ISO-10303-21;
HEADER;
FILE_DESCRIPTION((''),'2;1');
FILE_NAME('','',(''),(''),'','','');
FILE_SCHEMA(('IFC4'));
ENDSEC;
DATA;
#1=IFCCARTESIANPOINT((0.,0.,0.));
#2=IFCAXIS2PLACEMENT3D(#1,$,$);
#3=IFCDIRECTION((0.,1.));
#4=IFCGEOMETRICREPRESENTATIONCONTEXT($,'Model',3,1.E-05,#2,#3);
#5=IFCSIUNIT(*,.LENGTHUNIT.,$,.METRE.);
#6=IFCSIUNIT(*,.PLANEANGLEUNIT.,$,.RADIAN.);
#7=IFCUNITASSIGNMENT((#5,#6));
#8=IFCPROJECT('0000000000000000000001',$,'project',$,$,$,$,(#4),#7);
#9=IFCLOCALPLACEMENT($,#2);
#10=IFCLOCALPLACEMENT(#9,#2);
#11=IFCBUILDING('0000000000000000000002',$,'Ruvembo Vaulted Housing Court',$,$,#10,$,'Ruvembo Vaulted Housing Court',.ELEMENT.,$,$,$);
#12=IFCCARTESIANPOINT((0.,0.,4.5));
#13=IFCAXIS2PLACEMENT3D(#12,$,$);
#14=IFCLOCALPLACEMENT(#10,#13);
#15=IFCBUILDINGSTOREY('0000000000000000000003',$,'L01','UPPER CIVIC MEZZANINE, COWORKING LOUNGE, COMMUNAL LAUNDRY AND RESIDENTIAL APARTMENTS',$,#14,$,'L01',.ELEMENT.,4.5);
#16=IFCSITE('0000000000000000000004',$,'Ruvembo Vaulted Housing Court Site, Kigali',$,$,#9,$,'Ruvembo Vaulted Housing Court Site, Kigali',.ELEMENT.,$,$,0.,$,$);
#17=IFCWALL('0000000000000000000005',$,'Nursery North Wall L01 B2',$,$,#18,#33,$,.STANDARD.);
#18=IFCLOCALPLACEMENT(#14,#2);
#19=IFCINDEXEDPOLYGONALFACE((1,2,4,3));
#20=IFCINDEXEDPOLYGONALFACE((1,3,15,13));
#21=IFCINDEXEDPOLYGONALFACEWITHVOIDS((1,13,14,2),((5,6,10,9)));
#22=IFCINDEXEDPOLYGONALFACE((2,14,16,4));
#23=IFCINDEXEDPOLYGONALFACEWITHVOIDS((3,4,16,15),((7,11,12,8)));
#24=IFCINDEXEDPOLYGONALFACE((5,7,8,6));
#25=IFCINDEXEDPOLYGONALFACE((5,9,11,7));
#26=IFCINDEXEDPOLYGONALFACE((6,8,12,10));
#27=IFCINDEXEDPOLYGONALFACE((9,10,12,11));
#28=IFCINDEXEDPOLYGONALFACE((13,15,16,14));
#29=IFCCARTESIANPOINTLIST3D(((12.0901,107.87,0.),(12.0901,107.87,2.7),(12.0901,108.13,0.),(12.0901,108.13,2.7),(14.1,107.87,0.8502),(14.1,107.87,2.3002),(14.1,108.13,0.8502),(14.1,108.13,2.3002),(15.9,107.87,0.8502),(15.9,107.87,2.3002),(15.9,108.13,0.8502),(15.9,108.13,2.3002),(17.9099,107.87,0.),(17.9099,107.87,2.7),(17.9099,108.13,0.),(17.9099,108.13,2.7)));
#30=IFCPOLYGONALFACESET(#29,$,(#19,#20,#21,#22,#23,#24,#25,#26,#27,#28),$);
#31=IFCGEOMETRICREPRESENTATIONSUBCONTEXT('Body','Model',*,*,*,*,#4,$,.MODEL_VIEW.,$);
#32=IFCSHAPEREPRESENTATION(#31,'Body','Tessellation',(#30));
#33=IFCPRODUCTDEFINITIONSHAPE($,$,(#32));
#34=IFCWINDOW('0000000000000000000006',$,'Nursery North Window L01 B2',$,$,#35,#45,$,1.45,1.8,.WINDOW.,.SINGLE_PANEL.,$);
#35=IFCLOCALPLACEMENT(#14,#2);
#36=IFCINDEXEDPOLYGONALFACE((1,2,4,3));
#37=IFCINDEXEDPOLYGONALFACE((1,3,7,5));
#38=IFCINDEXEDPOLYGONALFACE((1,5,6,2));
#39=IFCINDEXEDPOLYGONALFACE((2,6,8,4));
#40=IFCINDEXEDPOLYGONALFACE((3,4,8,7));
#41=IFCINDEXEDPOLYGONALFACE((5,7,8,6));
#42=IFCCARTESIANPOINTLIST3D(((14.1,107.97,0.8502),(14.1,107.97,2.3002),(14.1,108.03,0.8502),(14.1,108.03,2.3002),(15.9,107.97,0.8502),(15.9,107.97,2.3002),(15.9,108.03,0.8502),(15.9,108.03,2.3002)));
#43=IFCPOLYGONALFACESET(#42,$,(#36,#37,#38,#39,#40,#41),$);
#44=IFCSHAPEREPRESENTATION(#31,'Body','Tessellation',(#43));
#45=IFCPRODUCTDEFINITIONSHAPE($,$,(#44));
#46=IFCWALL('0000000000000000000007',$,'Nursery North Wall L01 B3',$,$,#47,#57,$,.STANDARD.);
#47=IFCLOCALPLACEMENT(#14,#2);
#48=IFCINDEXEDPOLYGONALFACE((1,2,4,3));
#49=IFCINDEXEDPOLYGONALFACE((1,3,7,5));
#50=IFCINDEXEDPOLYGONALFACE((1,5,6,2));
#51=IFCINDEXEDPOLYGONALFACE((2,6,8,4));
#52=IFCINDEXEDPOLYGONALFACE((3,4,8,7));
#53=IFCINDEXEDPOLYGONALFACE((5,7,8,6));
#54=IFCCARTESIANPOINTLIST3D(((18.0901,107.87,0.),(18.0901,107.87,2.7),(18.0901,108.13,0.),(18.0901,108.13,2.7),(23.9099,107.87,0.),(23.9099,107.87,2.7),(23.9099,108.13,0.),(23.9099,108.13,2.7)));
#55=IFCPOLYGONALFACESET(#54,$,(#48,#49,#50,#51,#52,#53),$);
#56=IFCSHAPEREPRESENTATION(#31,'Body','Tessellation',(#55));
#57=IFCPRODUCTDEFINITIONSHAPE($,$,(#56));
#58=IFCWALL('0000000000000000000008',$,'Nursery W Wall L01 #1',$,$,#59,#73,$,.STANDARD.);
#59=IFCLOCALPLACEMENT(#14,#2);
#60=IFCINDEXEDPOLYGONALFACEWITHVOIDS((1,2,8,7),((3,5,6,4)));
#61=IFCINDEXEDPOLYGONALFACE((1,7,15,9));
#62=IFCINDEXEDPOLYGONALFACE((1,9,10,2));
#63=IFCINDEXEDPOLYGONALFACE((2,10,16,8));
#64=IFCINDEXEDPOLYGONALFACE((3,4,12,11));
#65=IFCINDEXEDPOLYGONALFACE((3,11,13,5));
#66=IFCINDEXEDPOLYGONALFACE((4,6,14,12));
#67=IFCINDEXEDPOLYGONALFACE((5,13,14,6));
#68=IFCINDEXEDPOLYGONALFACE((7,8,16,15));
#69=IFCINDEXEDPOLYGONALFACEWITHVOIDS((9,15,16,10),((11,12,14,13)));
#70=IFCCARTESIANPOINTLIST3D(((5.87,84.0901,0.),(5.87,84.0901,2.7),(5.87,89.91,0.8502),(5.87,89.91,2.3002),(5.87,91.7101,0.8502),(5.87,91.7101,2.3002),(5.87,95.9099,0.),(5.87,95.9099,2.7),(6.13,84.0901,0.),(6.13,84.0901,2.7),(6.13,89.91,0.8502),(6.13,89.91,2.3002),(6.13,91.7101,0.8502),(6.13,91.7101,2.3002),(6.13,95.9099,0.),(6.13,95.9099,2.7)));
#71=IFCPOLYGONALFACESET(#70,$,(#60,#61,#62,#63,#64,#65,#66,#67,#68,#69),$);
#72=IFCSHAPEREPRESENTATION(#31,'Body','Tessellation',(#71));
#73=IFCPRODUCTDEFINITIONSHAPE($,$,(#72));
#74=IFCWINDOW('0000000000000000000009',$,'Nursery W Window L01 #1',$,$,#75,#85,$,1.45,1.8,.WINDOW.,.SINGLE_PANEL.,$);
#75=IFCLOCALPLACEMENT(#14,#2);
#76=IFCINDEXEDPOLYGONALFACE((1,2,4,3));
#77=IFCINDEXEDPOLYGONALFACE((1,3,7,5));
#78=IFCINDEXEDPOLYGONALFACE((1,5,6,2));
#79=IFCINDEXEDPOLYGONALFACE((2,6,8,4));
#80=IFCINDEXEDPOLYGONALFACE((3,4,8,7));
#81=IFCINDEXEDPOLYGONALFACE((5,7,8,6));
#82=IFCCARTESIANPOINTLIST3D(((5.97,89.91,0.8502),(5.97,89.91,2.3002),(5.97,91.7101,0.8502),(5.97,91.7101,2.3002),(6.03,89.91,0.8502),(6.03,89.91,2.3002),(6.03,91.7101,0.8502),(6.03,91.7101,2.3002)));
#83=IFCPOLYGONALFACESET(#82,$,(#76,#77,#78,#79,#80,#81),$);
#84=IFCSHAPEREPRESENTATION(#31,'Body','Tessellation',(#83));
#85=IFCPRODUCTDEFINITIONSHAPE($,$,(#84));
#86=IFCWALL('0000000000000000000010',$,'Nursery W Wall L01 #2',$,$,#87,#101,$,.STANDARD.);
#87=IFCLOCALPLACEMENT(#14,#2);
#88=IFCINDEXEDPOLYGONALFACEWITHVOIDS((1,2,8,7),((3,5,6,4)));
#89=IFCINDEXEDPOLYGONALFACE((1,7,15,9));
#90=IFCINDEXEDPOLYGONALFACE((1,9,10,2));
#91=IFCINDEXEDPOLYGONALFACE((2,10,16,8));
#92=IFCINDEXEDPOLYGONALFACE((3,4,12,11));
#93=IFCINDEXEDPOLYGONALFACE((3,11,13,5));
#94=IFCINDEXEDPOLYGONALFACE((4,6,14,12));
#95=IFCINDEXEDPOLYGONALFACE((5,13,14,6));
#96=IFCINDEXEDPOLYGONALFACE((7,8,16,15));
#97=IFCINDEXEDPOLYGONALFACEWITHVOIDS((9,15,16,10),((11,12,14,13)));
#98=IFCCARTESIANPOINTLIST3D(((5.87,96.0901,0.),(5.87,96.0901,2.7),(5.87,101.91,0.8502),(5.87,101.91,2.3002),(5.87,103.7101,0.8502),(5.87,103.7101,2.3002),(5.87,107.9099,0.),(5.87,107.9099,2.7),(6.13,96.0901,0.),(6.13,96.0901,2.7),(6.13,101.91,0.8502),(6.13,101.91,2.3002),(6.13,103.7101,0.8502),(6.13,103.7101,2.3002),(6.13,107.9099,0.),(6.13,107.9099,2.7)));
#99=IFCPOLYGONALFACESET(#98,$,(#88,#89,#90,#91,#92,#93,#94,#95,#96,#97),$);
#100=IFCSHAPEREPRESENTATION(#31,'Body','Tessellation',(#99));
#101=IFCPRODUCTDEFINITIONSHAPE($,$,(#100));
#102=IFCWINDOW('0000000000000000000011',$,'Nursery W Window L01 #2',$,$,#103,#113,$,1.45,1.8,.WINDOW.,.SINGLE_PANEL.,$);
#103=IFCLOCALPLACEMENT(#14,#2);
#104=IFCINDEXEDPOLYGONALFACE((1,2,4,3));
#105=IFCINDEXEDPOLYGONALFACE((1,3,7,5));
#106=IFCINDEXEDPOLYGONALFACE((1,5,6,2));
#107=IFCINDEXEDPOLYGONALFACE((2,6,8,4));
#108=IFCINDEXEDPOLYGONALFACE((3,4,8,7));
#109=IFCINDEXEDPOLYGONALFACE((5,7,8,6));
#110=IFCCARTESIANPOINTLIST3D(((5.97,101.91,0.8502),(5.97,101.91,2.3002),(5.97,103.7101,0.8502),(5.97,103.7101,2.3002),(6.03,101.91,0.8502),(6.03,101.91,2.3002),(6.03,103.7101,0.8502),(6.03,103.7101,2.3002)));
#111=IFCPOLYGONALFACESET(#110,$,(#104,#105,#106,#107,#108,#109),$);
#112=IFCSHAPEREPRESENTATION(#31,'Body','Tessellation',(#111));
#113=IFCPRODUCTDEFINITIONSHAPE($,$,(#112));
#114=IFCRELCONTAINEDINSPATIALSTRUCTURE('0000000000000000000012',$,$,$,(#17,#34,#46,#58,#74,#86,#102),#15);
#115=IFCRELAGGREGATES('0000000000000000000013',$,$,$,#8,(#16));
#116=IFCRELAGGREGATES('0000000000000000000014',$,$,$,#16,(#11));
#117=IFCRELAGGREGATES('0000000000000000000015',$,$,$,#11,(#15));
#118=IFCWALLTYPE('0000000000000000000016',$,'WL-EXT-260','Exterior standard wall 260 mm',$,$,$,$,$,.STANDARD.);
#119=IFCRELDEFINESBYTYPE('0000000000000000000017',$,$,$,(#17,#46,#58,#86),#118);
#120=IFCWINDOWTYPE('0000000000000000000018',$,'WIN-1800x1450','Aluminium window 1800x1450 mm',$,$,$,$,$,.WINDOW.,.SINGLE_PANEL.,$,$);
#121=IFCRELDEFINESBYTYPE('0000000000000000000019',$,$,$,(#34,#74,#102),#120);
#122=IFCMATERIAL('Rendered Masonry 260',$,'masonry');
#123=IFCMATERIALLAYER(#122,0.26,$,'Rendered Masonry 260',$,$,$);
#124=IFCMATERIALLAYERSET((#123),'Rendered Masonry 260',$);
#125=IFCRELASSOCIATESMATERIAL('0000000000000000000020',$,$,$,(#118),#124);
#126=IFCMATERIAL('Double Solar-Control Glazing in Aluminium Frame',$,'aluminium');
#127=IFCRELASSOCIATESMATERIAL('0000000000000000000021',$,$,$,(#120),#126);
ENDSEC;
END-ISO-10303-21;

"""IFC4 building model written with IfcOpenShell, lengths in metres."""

from ifc_helpers import new_model, si_unit, direction, frame, frame_2d, origin, place, context, subcontext, project, spatial, rectangle, extrude, material, layer, layer_set, type_object, element, fill, save


model = new_model("IFC4")

# Units and contexts
model_context = context("Model", 3, precision=1e-05, world=origin(), true_north=direction((0.0, 1.0)))
body_context = subcontext(model_context, "Body", "Model", "MODEL_VIEW")
ifc_project = project(units=[si_unit("LENGTHUNIT", "METRE"), si_unit("PLANEANGLEUNIT", "RADIAN")], contexts=[model_context])

# Site, building, storey
site_placement = place(None, origin())
site = spatial("IfcSite", under=ifc_project, at=site_placement, Name="Ruvembo Vaulted Housing Court Site, Kigali", LongName="Ruvembo Vaulted Housing Court Site, Kigali", CompositionType="ELEMENT", RefElevation=0.0)
building_placement = place(site_placement, origin())
building = spatial("IfcBuilding", under=site, at=building_placement, Name="Ruvembo Vaulted Housing Court", LongName="Ruvembo Vaulted Housing Court", CompositionType="ELEMENT")
storey_placement = place(building_placement, frame((0.0, 0.0, 4.5)))
storey = spatial("IfcBuildingStorey", under=building, at=storey_placement, Name="L01", Description="UPPER CIVIC MEZZANINE, COWORKING LOUNGE, COMMUNAL LAUNDRY AND RESIDENTIAL APARTMENTS", LongName="L01", CompositionType="ELEMENT", Elevation=4.5)

# Wall, opening, window
ifc_material_1 = material(Name="Rendered Masonry 260", Category="masonry")
ifc_layer_1 = layer(ifc_material_1, 0.26, Name="Rendered Masonry 260")
ifc_layer_set_1 = layer_set([ifc_layer_1], Name="Rendered Masonry 260")
wall_type_1 = type_object("IfcWallType", Name="WL-EXT-260", Description="Exterior standard wall 260 mm", PredefinedType="STANDARD", material=ifc_layer_set_1)
ifc_material_2 = material(Name="Double Solar-Control Glazing in Aluminium Frame", Category="aluminium")
window_type = type_object("IfcWindowType", Name="WIN-1800x1450", Description="Aluminium window 1800x1450 mm", PartitioningType="SINGLE_PANEL", PredefinedType="WINDOW", material=ifc_material_2)
wall_1_placement = place(storey_placement, frame((17.9099, 108.0, 0.0), z_axis=(0.0, 0.0, 1.0), x_axis=(-1.0, 0.0, 0.0)))
wall_1 = element("IfcWall", 1, at=wall_1_placement, inside=storey, type_object=wall_type_1, Name="Nursery North Wall L01 B2", PredefinedType="STANDARD", context=body_context, shape_type="SweptSolid", body=[
    extrude(rectangle(XDim=5.8198, YDim=0.26, at=frame_2d((2.9099, 0.0))), origin(), (0.0, 0.0, 1.0), 2.7),
])
opening_1_placement = place(wall_1_placement, frame((2.01, 0.0, 0.8501)))
opening_1 = element("IfcOpeningElement", 2, at=opening_1_placement, cuts=wall_1, PredefinedType="OPENING", context=body_context, shape_type="SweptSolid", body=[
    extrude(rectangle(XDim=1.8, YDim=1.45, at=frame_2d((0.8999, 0.7251))), frame((0.0, 0.1399, 0.0), z_axis=(0.0, -1.0, 0.0), x_axis=(1.0, 0.0, 0.0)), (0.0, 0.0, 1.0), 0.28),
])
window_1_placement = place(opening_1_placement, origin())
window_1 = element("IfcWindow", 3, at=window_1_placement, inside=storey, type_object=window_type, Name="Nursery North Window L01 B2", OverallHeight=1.45, OverallWidth=1.8, PartitioningType="SINGLE_PANEL", PredefinedType="WINDOW", context=body_context, shape_type="SweptSolid", body=[
    extrude(rectangle(XDim=1.8, YDim=1.45, at=frame_2d((0.8999, 0.7251))), frame((0.0, 0.03, 0.0), z_axis=(0.0, -1.0, 0.0), x_axis=(1.0, 0.0, 0.0)), (0.0, 0.0, 1.0), 0.0601),
])
fill(opening_1, window_1)

# Wall
wall_2_placement = place(storey_placement, frame((23.9099, 108.0, 0.0), z_axis=(0.0, 0.0, 1.0), x_axis=(-1.0, 0.0, 0.0)))
element("IfcWall", 4, at=wall_2_placement, inside=storey, type_object=wall_type_1, Name="Nursery North Wall L01 B3", PredefinedType="STANDARD", context=body_context, shape_type="SweptSolid", body=[
    extrude(rectangle(XDim=5.8198, YDim=0.26, at=frame_2d((2.9099, 0.0))), origin(), (0.0, 0.0, 1.0), 2.7),
])

# Walls, openings, windows
wall_3_placement = place(storey_placement, frame((6.0, 95.9099, 0.0), z_axis=(0.0, 0.0, 1.0), x_axis=(0.0, -1.0, 0.0)))
wall_3 = element("IfcWall", 5, at=wall_3_placement, inside=storey, type_object=wall_type_1, Name="Nursery W Wall L01 #1", PredefinedType="STANDARD", context=body_context, shape_type="SweptSolid", body=[
    extrude(rectangle(XDim=11.8198, YDim=0.26, at=frame_2d((5.9099, 0.0))), origin(), (0.0, 0.0, 1.0), 2.7),
])
opening_2_placement = place(wall_3_placement, frame((4.2, 0.0, 0.8501)))
opening_2 = element("IfcOpeningElement", 6, at=opening_2_placement, cuts=wall_3, PredefinedType="OPENING", context=body_context, shape_type="SweptSolid", body=[
    extrude(rectangle(XDim=1.8, YDim=1.45, at=frame_2d((0.8999, 0.7251))), frame((0.0, 0.1399, 0.0), z_axis=(0.0, -1.0, 0.0), x_axis=(1.0, 0.0, 0.0)), (0.0, 0.0, 1.0), 0.28),
])
window_2_placement = place(opening_2_placement, origin())
window_2 = element("IfcWindow", 7, at=window_2_placement, inside=storey, type_object=window_type, Name="Nursery W Window L01 #1", OverallHeight=1.45, OverallWidth=1.8, PartitioningType="SINGLE_PANEL", PredefinedType="WINDOW", context=body_context, shape_type="SweptSolid", body=[
    extrude(rectangle(XDim=1.8, YDim=1.45, at=frame_2d((0.8999, 0.7251))), frame((0.0, 0.03, 0.0), z_axis=(0.0, -1.0, 0.0), x_axis=(1.0, 0.0, 0.0)), (0.0, 0.0, 1.0), 0.0601),
])
fill(opening_2, window_2)
wall_4_placement = place(storey_placement, frame((6.0, 107.9099, 0.0), z_axis=(0.0, 0.0, 1.0), x_axis=(0.0, -1.0, 0.0)))
wall_4 = element("IfcWall", 8, at=wall_4_placement, inside=storey, type_object=wall_type_1, Name="Nursery W Wall L01 #2", PredefinedType="STANDARD", context=body_context, shape_type="SweptSolid", body=[
    extrude(rectangle(XDim=11.8198, YDim=0.26, at=frame_2d((5.9099, 0.0))), origin(), (0.0, 0.0, 1.0), 2.7),
])
opening_3_placement = place(wall_4_placement, frame((4.2, 0.0, 0.8501)))
opening_3 = element("IfcOpeningElement", 9, at=opening_3_placement, cuts=wall_4, PredefinedType="OPENING", context=body_context, shape_type="SweptSolid", body=[
    extrude(rectangle(XDim=1.8, YDim=1.45, at=frame_2d((0.8999, 0.7251))), frame((0.0, 0.1399, 0.0), z_axis=(0.0, -1.0, 0.0), x_axis=(1.0, 0.0, 0.0)), (0.0, 0.0, 1.0), 0.28),
])
window_3_placement = place(opening_3_placement, origin())
window_3 = element("IfcWindow", 10, at=window_3_placement, inside=storey, type_object=window_type, Name="Nursery W Window L01 #2", OverallHeight=1.45, OverallWidth=1.8, PartitioningType="SINGLE_PANEL", PredefinedType="WINDOW", context=body_context, shape_type="SweptSolid", body=[
    extrude(rectangle(XDim=1.8, YDim=1.45, at=frame_2d((0.8999, 0.7251))), frame((0.0, 0.03, 0.0), z_axis=(0.0, -1.0, 0.0), x_axis=(1.0, 0.0, 0.0)), (0.0, 0.0, 1.0), 0.0601),
])
fill(opening_3, window_3)

save(model, "model.ifc")
